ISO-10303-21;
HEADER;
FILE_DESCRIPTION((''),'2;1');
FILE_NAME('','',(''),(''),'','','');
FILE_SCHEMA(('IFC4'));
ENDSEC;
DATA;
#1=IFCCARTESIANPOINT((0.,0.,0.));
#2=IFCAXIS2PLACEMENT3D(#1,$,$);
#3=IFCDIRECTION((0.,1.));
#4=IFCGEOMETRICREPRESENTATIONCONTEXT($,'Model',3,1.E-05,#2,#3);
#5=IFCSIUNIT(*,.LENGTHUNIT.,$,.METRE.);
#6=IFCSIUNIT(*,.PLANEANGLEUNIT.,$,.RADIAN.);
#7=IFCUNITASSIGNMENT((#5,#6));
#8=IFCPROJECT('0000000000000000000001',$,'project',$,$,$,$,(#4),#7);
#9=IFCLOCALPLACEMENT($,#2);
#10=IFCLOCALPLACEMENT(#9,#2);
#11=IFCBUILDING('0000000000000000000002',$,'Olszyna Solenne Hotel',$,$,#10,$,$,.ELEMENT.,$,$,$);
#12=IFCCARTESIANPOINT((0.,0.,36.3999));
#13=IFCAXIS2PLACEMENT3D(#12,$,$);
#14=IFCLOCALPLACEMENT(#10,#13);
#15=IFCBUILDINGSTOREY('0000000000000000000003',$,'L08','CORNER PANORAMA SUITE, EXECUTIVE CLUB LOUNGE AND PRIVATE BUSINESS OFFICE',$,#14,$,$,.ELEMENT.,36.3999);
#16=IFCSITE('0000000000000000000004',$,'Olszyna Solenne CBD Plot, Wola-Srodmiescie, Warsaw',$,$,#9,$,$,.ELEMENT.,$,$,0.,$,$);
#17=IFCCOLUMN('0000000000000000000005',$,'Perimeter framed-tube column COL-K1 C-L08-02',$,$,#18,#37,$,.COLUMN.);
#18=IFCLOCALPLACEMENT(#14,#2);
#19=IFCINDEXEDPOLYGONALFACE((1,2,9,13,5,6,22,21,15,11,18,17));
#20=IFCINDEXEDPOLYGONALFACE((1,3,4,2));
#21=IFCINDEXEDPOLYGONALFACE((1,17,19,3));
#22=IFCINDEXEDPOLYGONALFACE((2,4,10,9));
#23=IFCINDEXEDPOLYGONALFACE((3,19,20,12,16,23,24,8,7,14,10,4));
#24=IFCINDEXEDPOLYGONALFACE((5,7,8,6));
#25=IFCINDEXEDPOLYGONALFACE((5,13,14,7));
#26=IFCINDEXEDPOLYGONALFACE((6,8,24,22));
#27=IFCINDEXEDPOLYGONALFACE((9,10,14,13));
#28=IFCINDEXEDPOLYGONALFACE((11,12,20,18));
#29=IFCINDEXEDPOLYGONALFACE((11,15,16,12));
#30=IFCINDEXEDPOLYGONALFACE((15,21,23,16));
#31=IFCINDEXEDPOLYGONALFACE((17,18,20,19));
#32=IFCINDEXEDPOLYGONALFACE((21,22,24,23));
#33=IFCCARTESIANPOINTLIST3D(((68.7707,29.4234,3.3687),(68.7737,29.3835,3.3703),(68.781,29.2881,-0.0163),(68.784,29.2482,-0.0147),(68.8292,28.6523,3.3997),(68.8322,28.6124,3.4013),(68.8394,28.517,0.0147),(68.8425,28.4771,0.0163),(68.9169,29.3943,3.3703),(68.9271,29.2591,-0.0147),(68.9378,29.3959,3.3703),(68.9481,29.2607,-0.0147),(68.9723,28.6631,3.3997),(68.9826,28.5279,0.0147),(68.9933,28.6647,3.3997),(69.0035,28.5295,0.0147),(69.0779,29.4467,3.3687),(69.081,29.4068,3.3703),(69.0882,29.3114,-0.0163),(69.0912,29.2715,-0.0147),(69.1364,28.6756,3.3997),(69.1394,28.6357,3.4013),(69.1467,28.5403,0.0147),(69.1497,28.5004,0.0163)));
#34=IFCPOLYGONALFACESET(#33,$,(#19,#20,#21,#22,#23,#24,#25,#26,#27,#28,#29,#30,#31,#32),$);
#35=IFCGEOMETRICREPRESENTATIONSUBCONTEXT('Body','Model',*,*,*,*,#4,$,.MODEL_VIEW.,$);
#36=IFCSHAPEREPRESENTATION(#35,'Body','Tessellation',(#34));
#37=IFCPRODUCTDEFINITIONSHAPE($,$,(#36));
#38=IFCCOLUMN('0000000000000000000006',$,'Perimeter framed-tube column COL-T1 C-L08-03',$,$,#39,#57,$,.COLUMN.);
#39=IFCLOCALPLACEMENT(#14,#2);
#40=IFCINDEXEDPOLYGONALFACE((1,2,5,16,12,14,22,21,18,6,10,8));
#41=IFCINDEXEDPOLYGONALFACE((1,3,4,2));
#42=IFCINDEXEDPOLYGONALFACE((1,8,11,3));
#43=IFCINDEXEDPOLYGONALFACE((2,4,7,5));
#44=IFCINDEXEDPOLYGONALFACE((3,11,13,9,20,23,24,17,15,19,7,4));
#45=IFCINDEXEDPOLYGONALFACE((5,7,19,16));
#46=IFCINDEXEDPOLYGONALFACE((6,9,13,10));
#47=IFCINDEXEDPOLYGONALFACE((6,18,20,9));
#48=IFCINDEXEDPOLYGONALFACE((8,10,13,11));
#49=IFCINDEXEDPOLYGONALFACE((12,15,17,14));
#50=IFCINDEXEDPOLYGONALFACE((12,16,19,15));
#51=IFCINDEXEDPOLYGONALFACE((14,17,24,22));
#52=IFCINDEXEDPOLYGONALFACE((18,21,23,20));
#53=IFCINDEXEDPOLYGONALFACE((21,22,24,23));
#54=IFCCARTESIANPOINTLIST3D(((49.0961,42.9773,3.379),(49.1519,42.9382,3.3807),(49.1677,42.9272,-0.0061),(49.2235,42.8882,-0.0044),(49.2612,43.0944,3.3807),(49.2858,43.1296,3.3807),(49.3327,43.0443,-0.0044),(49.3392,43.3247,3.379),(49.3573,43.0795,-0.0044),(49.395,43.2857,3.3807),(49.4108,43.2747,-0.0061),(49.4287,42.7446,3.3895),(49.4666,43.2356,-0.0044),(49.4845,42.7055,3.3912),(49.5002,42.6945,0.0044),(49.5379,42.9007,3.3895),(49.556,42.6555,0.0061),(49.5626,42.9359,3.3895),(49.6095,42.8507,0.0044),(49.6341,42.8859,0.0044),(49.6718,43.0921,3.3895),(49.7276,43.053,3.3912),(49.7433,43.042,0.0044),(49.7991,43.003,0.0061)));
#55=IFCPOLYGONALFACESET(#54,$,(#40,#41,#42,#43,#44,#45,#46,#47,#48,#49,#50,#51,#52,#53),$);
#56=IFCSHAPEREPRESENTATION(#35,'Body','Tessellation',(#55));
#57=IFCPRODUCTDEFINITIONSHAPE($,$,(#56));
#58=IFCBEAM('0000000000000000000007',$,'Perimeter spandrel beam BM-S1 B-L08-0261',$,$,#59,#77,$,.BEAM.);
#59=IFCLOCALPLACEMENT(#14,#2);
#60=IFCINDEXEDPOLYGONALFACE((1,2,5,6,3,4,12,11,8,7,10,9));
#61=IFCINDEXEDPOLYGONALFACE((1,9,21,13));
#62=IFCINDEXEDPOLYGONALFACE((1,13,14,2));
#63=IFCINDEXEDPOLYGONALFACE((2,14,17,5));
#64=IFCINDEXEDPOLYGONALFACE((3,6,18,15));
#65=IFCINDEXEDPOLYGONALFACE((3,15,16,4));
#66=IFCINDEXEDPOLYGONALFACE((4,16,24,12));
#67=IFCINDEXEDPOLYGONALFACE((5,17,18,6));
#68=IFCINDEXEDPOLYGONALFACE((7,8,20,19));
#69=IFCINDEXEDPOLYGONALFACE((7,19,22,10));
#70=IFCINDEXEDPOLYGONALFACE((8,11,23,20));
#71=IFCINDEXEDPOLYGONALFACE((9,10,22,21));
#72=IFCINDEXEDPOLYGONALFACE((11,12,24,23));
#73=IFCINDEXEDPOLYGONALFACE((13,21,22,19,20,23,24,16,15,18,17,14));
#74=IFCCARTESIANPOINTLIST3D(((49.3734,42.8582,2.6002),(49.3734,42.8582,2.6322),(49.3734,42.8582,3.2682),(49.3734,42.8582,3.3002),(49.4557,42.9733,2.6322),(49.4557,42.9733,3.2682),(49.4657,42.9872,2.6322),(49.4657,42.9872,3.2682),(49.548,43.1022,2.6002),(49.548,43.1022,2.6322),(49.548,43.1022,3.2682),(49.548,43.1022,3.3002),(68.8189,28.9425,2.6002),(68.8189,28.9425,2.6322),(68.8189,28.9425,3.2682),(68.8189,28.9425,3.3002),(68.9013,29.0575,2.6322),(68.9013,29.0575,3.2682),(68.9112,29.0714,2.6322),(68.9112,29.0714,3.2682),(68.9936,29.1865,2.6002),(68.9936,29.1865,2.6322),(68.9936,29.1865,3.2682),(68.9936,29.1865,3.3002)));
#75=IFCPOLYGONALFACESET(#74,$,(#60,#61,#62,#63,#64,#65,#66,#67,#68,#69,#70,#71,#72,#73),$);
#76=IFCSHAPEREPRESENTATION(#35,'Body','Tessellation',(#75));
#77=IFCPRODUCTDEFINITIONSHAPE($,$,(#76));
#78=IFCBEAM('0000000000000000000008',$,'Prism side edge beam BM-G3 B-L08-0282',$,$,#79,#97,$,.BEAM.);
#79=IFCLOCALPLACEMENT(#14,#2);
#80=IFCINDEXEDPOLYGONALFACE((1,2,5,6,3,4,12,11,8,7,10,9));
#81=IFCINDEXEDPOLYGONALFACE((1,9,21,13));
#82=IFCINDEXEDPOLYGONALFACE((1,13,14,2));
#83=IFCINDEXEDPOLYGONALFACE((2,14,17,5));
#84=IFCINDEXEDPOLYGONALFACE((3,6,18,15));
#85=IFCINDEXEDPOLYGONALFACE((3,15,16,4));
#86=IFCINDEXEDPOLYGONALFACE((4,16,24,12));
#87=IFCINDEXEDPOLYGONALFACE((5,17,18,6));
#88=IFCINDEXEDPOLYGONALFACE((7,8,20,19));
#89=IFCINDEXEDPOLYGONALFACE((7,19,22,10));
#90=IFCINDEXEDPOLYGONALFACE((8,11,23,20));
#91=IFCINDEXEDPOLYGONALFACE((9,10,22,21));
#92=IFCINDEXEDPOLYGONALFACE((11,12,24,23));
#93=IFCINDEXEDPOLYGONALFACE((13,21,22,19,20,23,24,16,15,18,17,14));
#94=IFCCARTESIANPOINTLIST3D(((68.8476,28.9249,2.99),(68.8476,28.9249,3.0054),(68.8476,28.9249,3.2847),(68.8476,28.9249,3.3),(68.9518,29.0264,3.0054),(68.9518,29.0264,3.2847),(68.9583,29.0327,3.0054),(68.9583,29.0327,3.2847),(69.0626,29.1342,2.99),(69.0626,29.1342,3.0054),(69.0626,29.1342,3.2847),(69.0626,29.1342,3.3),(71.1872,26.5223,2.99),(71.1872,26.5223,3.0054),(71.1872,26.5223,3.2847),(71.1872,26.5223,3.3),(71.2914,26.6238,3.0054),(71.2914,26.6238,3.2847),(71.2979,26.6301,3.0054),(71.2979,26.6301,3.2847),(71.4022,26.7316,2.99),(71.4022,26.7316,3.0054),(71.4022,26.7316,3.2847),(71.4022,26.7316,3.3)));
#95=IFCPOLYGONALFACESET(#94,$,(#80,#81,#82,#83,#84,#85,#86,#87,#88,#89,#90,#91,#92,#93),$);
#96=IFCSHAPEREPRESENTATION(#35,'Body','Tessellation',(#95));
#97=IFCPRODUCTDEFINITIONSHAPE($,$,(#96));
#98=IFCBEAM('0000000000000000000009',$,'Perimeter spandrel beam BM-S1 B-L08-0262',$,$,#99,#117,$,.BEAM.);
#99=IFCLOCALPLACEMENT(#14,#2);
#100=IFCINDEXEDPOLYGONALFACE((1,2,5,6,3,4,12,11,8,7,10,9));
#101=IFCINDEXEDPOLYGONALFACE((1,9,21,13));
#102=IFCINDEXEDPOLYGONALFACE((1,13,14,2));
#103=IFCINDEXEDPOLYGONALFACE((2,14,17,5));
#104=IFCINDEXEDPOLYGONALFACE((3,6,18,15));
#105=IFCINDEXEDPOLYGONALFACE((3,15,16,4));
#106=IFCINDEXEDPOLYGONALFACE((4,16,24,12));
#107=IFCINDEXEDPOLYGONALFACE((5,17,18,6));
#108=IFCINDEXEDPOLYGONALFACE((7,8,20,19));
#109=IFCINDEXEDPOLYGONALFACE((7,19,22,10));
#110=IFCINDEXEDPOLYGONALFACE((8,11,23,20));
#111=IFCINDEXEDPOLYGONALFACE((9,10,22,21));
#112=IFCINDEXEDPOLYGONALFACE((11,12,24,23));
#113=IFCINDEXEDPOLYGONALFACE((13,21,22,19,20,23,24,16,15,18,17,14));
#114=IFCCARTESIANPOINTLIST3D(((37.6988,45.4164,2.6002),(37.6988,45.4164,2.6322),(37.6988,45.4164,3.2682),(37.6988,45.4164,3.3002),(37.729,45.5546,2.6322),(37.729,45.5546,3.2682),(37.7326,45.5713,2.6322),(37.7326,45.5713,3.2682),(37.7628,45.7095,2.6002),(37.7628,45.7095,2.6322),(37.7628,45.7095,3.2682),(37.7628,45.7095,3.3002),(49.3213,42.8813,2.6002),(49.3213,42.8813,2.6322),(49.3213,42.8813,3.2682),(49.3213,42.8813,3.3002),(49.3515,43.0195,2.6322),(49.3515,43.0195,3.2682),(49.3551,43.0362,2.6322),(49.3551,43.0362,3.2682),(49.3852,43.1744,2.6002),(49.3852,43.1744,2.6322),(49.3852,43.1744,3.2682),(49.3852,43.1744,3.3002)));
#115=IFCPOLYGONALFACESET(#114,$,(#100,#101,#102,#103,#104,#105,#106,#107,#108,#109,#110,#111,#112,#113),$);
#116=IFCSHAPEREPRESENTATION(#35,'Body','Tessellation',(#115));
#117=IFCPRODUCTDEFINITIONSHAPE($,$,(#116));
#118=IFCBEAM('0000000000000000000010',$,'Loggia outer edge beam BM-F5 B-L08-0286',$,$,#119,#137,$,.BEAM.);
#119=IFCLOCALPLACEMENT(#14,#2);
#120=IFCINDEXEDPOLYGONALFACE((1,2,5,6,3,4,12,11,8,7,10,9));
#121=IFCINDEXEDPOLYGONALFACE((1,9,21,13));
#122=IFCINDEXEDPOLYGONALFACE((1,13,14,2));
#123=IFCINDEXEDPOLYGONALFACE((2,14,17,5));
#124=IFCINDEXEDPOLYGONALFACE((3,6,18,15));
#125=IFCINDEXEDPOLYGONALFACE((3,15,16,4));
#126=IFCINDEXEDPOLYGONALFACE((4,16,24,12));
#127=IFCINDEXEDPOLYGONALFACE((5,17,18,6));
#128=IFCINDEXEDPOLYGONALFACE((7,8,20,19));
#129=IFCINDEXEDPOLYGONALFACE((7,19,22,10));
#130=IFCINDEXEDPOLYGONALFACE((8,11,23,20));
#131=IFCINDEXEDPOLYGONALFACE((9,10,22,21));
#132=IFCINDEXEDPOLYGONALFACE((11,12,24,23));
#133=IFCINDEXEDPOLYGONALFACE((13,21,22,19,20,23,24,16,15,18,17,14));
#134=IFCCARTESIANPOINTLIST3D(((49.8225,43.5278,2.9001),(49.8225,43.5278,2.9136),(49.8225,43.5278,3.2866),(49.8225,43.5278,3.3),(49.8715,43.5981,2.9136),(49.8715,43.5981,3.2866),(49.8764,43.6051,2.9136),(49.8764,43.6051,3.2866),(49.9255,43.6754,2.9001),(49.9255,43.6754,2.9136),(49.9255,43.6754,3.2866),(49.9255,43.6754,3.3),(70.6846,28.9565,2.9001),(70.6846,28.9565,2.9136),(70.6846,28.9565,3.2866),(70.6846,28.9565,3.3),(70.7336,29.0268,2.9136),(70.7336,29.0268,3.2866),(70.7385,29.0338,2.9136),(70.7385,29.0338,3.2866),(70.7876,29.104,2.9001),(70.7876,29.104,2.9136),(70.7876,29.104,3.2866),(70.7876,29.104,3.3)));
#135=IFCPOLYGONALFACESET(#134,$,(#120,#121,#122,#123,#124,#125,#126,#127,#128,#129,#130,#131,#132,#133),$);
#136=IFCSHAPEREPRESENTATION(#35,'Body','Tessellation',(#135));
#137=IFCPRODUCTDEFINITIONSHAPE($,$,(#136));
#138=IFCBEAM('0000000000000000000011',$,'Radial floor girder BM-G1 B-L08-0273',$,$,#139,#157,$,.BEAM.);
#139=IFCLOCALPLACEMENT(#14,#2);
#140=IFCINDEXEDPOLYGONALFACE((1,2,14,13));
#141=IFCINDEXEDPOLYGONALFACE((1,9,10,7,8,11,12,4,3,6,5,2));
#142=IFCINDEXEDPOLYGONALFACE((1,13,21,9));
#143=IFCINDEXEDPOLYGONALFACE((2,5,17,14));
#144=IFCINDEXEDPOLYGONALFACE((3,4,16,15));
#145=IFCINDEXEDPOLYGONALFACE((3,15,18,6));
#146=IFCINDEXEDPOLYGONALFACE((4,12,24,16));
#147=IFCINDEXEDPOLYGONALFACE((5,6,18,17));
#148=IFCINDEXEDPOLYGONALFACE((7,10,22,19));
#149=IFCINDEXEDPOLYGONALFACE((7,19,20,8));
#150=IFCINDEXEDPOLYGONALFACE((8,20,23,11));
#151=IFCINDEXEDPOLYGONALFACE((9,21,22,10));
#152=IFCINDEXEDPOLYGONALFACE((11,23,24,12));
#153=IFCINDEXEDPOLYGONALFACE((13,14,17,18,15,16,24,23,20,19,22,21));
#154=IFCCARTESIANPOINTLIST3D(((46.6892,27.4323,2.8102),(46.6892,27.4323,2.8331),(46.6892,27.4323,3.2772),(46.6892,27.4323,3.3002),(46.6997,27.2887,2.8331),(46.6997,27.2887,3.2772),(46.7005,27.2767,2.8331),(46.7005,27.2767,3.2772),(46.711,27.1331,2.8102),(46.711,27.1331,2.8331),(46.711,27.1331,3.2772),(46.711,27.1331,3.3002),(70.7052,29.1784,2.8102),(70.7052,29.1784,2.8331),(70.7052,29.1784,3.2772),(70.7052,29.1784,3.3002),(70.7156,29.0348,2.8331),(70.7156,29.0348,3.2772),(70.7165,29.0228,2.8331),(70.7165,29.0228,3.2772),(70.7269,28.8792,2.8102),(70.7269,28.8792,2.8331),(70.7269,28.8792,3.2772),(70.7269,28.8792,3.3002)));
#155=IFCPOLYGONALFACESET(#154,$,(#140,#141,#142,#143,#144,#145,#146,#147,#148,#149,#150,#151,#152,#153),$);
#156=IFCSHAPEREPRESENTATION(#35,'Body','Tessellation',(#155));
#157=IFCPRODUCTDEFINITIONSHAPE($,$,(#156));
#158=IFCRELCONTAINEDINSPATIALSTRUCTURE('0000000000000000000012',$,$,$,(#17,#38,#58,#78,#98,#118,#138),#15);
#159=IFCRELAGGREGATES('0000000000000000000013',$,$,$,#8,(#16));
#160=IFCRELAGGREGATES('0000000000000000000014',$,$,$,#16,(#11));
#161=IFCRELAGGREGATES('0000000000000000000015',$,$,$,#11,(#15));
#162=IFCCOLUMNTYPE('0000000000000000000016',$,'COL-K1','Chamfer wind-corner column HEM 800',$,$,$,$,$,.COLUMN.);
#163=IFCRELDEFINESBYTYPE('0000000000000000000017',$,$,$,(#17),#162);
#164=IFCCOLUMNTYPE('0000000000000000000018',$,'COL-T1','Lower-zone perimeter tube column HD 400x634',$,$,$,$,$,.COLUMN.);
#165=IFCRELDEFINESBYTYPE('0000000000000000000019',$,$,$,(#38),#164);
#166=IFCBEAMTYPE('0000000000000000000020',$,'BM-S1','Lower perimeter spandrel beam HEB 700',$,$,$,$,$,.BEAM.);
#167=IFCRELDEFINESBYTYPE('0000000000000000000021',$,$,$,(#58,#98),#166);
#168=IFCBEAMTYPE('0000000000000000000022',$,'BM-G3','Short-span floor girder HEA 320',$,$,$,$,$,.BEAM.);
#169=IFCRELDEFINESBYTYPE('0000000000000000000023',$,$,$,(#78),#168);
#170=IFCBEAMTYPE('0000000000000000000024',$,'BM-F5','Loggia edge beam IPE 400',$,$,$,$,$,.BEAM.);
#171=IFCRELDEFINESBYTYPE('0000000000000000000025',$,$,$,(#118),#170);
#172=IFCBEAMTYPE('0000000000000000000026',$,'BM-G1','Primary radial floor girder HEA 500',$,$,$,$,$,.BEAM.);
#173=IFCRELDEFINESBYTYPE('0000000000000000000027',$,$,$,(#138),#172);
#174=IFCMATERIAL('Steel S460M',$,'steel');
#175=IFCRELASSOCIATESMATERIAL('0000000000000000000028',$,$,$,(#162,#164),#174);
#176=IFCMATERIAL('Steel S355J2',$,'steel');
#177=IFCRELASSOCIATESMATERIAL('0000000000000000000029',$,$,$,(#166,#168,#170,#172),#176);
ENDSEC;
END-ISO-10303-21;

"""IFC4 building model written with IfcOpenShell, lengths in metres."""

from ifc_helpers import new_model, si_unit, direction, frame, origin, origin_2d, place, context, subcontext, project, spatial, i_section, extrude, source, transform, mapped, material, material_profile, profile_set, type_object, element, save


model = new_model("IFC4")

# Units and contexts
model_context = context("Model", 3, precision=1e-05, world=origin(), true_north=direction((0.0, 1.0)))
body_context = subcontext(model_context, "Body", "Model", "MODEL_VIEW")
ifc_project = project(units=[si_unit("LENGTHUNIT", "METRE"), si_unit("PLANEANGLEUNIT", "RADIAN")], contexts=[model_context])

# Site, building, storey
site_placement = place(None, origin())
site = spatial("IfcSite", under=ifc_project, at=site_placement, Name="Olszyna Solenne CBD Plot, Wola-Srodmiescie, Warsaw", CompositionType="ELEMENT", RefElevation=0.0)
building_placement = place(site_placement, origin())
building = spatial("IfcBuilding", under=site, at=building_placement, Name="Olszyna Solenne Hotel", CompositionType="ELEMENT")
storey_placement = place(building_placement, frame((0.0, 0.0, 36.3999)))
storey = spatial("IfcBuildingStorey", under=building, at=storey_placement, Name="L08", Description="CORNER PANORAMA SUITE, EXECUTIVE CLUB LOUNGE AND PRIVATE BUSINESS OFFICE", CompositionType="ELEMENT", Elevation=36.3999)

# Columns
ifc_material_1 = material(Name="Steel S460M", Category="steel")
ifc_material_profile_1 = material_profile(ifc_material_1, i_section(OverallWidth=0.3081, OverallDepth=0.814, WebThickness=0.021, FlangeThickness=0.04, at=origin_2d()), Name="HEM 800", Category="load-bearing")
ifc_profile_set_1 = profile_set([ifc_material_profile_1], Name="Steel S460M")
column_type_1 = type_object("IfcColumnType", Name="COL-K1", Description="Chamfer wind-corner column HEM 800", PredefinedType="COLUMN", material=ifc_profile_set_1)
shared_shape_1 = source(origin(), body_context, "Body", "SweptSolid", [
    extrude(i_section(OverallWidth=0.3081, OverallDepth=0.814, WebThickness=0.021, FlangeThickness=0.04, at=origin_2d()), origin(), (0.0, 0.0, 1.0), 3.3877),
])
column_1_placement = place(storey_placement, frame((68.9653, 28.8943, 0.0), z_axis=(-0.003027, 0.039925, 0.999198), x_axis=(-0.997139, -0.075595, 0.0)))
element("IfcColumn", 1, at=column_1_placement, inside=storey, type_object=column_type_1, Name="Perimeter framed-tube column COL-K1 C-L08-02", PredefinedType="COLUMN", context=body_context, shape_type="MappedRepresentation", body=[
    mapped(shared_shape_1, transform((0.0, 0.0, 0.0), x_axis=(1.0, 0.0, 0.0), y_axis=(0.0, 1.0, 0.0), z_axis=(0.0, 0.0, 1.0), scale=1.0)),
])
ifc_material_profile_2 = material_profile(ifc_material_1, i_section(OverallWidth=0.4241, OverallDepth=0.4741, WebThickness=0.043, FlangeThickness=0.0681, at=origin_2d()), Name="HD 400x634", Category="load-bearing")
ifc_profile_set_2 = profile_set([ifc_material_profile_2], Name="Steel S460M")
column_type_2 = type_object("IfcColumnType", Name="COL-T1", Description="Lower-zone perimeter tube column HD 400x634", PredefinedType="COLUMN", material=ifc_profile_set_2)
shared_shape_2 = source(origin(), body_context, "Body", "SweptSolid", [
    extrude(i_section(OverallWidth=0.4241, OverallDepth=0.4741, WebThickness=0.043, FlangeThickness=0.0681, at=origin_2d()), origin(), (0.0, 0.0, 1.0), 3.3862),
])
column_2_placement = place(storey_placement, frame((49.4834, 42.9651, 0.0), z_axis=(-0.021125, 0.014781, 0.999668), x_axis=(-0.573275, -0.819363, 0.0)))
element("IfcColumn", 2, at=column_2_placement, inside=storey, type_object=column_type_2, Name="Perimeter framed-tube column COL-T1 C-L08-03", PredefinedType="COLUMN", context=body_context, shape_type="MappedRepresentation", body=[
    mapped(shared_shape_2, transform((0.0, 0.0, 0.0), x_axis=(1.0, 0.0, 0.0), y_axis=(0.0, 1.0, 0.0), z_axis=(0.0, 0.0, 1.0), scale=1.0)),
])

# Beams
ifc_material_2 = material(Name="Steel S355J2", Category="steel")
ifc_material_profile_3 = material_profile(ifc_material_2, i_section(OverallWidth=0.3, OverallDepth=0.7, WebThickness=0.0171, FlangeThickness=0.032, at=origin_2d()), Name="HEB 700", Category="load-bearing")
ifc_profile_set_3 = profile_set([ifc_material_profile_3], Name="Steel S355J2")
beam_type_1 = type_object("IfcBeamType", Name="BM-S1", Description="Lower perimeter spandrel beam HEB 700", PredefinedType="BEAM", material=ifc_profile_set_3)
shared_shape_3 = source(origin(), body_context, "Body", "SweptSolid", [
    extrude(i_section(OverallWidth=0.3, OverallDepth=0.7, WebThickness=0.0171, FlangeThickness=0.032, at=origin_2d()), origin(), (0.0, 0.0, 1.0), 23.9119),
])
beam_1_placement = place(storey_placement, frame((68.9062, 29.0645, 2.9502), z_axis=(-0.813217, 0.58196, 0.0), x_axis=(-0.58196, -0.813217, 0.0)))
element("IfcBeam", 3, at=beam_1_placement, inside=storey, type_object=beam_type_1, Name="Perimeter spandrel beam BM-S1 B-L08-0261", PredefinedType="BEAM", context=body_context, shape_type="MappedRepresentation", body=[
    mapped(shared_shape_3, transform((0.0, 0.0, 0.0), x_axis=(1.0, 0.0, 0.0), y_axis=(0.0, 1.0, 0.0), z_axis=(0.0, 0.0, 1.0), scale=1.0)),
])
ifc_material_profile_4 = material_profile(ifc_material_2, i_section(OverallWidth=0.3, OverallDepth=0.3101, WebThickness=0.009, FlangeThickness=0.0154, at=origin_2d()), Name="HEA 320", Category="load-bearing")
ifc_profile_set_4 = profile_set([ifc_material_profile_4], Name="Steel S355J2")
beam_type_2 = type_object("IfcBeamType", Name="BM-G3", Description="Short-span floor girder HEA 320", PredefinedType="BEAM", material=ifc_profile_set_4)
shared_shape_4 = source(origin(), body_context, "Body", "SweptSolid", [
    extrude(i_section(OverallWidth=0.3, OverallDepth=0.3101, WebThickness=0.009, FlangeThickness=0.0154, at=origin_2d()), origin(), (0.0, 0.0, 1.0), 3.3535),
])
beam_2_placement = place(storey_placement, frame((68.9551, 29.0295, 3.145), z_axis=(0.697653, -0.716436, 0.0), x_axis=(0.716436, 0.697653, 0.0)))
element("IfcBeam", 4, at=beam_2_placement, inside=storey, type_object=beam_type_2, Name="Prism side edge beam BM-G3 B-L08-0282", PredefinedType="BEAM", context=body_context, shape_type="MappedRepresentation", body=[
    mapped(shared_shape_4, transform((0.0, 0.0, 0.0), x_axis=(1.0, 0.0, 0.0), y_axis=(0.0, 1.0, 0.0), z_axis=(0.0, 0.0, 1.0), scale=1.0)),
])
shared_shape_5 = source(origin(), body_context, "Body", "SweptSolid", [
    extrude(i_section(OverallWidth=0.3, OverallDepth=0.7, WebThickness=0.0171, FlangeThickness=0.032, at=origin_2d()), origin(), (0.0, 0.0, 1.0), 11.8958),
])
beam_3_placement = place(storey_placement, frame((49.3533, 43.0278, 2.9502), z_axis=(-0.977028, 0.213113, 0.0), x_axis=(-0.213113, -0.977028, 0.0)))
element("IfcBeam", 5, at=beam_3_placement, inside=storey, type_object=beam_type_1, Name="Perimeter spandrel beam BM-S1 B-L08-0262", PredefinedType="BEAM", context=body_context, shape_type="MappedRepresentation", body=[
    mapped(shared_shape_5, transform((0.0, 0.0, 0.0), x_axis=(1.0, 0.0, 0.0), y_axis=(0.0, 1.0, 0.0), z_axis=(0.0, 0.0, 1.0), scale=1.0)),
])
ifc_material_profile_5 = material_profile(ifc_material_2, i_section(OverallWidth=0.1799, OverallDepth=0.3999, WebThickness=0.0085, FlangeThickness=0.0134, at=origin_2d()), Name="IPE 400", Category="load-bearing")
ifc_profile_set_5 = profile_set([ifc_material_profile_5], Name="Steel S355J2")
beam_type_3 = type_object("IfcBeamType", Name="BM-F5", Description="Loggia edge beam IPE 400", PredefinedType="BEAM", material=ifc_profile_set_5)
shared_shape_6 = source(origin(), body_context, "Body", "SweptSolid", [
    extrude(i_section(OverallWidth=0.1799, OverallDepth=0.3999, WebThickness=0.0085, FlangeThickness=0.0134, at=origin_2d()), origin(), (0.0, 0.0, 1.0), 25.447),
])
beam_4_placement = place(storey_placement, frame((70.7361, 29.0303, 3.1001), z_axis=(-0.819825, 0.572614, 0.0), x_axis=(-0.572614, -0.819825, 0.0)))
element("IfcBeam", 6, at=beam_4_placement, inside=storey, type_object=beam_type_3, Name="Loggia outer edge beam BM-F5 B-L08-0286", PredefinedType="BEAM", context=body_context, shape_type="MappedRepresentation", body=[
    mapped(shared_shape_6, transform((0.0, 0.0, 0.0), x_axis=(1.0, 0.0, 0.0), y_axis=(0.0, 1.0, 0.0), z_axis=(0.0, 0.0, 1.0), scale=1.0)),
])
ifc_material_profile_6 = material_profile(ifc_material_2, i_section(OverallWidth=0.3, OverallDepth=0.49, WebThickness=0.012, FlangeThickness=0.0229, at=origin_2d()), Name="HEA 500", Category="load-bearing")
ifc_profile_set_6 = profile_set([ifc_material_profile_6], Name="Steel S355J2")
beam_type_4 = type_object("IfcBeamType", Name="BM-G1", Description="Primary radial floor girder HEA 500", PredefinedType="BEAM", material=ifc_profile_set_6)
shared_shape_7 = source(origin(), body_context, "Body", "SweptSolid", [
    extrude(i_section(OverallWidth=0.3, OverallDepth=0.49, WebThickness=0.012, FlangeThickness=0.0229, at=origin_2d()), origin(), (0.0, 0.0, 1.0), 24.0793),
])
beam_5_placement = place(storey_placement, frame((70.7161, 29.0288, 3.0552), z_axis=(-0.997367, -0.072514, 0.0), x_axis=(0.072514, -0.997367, 0.0)))
element("IfcBeam", 7, at=beam_5_placement, inside=storey, type_object=beam_type_4, Name="Radial floor girder BM-G1 B-L08-0273", PredefinedType="BEAM", context=body_context, shape_type="MappedRepresentation", body=[
    mapped(shared_shape_7, transform((0.0, 0.0, 0.0), x_axis=(1.0, 0.0, 0.0), y_axis=(0.0, 1.0, 0.0), z_axis=(0.0, 0.0, 1.0), scale=1.0)),
])

save(model, "model.ifc")
